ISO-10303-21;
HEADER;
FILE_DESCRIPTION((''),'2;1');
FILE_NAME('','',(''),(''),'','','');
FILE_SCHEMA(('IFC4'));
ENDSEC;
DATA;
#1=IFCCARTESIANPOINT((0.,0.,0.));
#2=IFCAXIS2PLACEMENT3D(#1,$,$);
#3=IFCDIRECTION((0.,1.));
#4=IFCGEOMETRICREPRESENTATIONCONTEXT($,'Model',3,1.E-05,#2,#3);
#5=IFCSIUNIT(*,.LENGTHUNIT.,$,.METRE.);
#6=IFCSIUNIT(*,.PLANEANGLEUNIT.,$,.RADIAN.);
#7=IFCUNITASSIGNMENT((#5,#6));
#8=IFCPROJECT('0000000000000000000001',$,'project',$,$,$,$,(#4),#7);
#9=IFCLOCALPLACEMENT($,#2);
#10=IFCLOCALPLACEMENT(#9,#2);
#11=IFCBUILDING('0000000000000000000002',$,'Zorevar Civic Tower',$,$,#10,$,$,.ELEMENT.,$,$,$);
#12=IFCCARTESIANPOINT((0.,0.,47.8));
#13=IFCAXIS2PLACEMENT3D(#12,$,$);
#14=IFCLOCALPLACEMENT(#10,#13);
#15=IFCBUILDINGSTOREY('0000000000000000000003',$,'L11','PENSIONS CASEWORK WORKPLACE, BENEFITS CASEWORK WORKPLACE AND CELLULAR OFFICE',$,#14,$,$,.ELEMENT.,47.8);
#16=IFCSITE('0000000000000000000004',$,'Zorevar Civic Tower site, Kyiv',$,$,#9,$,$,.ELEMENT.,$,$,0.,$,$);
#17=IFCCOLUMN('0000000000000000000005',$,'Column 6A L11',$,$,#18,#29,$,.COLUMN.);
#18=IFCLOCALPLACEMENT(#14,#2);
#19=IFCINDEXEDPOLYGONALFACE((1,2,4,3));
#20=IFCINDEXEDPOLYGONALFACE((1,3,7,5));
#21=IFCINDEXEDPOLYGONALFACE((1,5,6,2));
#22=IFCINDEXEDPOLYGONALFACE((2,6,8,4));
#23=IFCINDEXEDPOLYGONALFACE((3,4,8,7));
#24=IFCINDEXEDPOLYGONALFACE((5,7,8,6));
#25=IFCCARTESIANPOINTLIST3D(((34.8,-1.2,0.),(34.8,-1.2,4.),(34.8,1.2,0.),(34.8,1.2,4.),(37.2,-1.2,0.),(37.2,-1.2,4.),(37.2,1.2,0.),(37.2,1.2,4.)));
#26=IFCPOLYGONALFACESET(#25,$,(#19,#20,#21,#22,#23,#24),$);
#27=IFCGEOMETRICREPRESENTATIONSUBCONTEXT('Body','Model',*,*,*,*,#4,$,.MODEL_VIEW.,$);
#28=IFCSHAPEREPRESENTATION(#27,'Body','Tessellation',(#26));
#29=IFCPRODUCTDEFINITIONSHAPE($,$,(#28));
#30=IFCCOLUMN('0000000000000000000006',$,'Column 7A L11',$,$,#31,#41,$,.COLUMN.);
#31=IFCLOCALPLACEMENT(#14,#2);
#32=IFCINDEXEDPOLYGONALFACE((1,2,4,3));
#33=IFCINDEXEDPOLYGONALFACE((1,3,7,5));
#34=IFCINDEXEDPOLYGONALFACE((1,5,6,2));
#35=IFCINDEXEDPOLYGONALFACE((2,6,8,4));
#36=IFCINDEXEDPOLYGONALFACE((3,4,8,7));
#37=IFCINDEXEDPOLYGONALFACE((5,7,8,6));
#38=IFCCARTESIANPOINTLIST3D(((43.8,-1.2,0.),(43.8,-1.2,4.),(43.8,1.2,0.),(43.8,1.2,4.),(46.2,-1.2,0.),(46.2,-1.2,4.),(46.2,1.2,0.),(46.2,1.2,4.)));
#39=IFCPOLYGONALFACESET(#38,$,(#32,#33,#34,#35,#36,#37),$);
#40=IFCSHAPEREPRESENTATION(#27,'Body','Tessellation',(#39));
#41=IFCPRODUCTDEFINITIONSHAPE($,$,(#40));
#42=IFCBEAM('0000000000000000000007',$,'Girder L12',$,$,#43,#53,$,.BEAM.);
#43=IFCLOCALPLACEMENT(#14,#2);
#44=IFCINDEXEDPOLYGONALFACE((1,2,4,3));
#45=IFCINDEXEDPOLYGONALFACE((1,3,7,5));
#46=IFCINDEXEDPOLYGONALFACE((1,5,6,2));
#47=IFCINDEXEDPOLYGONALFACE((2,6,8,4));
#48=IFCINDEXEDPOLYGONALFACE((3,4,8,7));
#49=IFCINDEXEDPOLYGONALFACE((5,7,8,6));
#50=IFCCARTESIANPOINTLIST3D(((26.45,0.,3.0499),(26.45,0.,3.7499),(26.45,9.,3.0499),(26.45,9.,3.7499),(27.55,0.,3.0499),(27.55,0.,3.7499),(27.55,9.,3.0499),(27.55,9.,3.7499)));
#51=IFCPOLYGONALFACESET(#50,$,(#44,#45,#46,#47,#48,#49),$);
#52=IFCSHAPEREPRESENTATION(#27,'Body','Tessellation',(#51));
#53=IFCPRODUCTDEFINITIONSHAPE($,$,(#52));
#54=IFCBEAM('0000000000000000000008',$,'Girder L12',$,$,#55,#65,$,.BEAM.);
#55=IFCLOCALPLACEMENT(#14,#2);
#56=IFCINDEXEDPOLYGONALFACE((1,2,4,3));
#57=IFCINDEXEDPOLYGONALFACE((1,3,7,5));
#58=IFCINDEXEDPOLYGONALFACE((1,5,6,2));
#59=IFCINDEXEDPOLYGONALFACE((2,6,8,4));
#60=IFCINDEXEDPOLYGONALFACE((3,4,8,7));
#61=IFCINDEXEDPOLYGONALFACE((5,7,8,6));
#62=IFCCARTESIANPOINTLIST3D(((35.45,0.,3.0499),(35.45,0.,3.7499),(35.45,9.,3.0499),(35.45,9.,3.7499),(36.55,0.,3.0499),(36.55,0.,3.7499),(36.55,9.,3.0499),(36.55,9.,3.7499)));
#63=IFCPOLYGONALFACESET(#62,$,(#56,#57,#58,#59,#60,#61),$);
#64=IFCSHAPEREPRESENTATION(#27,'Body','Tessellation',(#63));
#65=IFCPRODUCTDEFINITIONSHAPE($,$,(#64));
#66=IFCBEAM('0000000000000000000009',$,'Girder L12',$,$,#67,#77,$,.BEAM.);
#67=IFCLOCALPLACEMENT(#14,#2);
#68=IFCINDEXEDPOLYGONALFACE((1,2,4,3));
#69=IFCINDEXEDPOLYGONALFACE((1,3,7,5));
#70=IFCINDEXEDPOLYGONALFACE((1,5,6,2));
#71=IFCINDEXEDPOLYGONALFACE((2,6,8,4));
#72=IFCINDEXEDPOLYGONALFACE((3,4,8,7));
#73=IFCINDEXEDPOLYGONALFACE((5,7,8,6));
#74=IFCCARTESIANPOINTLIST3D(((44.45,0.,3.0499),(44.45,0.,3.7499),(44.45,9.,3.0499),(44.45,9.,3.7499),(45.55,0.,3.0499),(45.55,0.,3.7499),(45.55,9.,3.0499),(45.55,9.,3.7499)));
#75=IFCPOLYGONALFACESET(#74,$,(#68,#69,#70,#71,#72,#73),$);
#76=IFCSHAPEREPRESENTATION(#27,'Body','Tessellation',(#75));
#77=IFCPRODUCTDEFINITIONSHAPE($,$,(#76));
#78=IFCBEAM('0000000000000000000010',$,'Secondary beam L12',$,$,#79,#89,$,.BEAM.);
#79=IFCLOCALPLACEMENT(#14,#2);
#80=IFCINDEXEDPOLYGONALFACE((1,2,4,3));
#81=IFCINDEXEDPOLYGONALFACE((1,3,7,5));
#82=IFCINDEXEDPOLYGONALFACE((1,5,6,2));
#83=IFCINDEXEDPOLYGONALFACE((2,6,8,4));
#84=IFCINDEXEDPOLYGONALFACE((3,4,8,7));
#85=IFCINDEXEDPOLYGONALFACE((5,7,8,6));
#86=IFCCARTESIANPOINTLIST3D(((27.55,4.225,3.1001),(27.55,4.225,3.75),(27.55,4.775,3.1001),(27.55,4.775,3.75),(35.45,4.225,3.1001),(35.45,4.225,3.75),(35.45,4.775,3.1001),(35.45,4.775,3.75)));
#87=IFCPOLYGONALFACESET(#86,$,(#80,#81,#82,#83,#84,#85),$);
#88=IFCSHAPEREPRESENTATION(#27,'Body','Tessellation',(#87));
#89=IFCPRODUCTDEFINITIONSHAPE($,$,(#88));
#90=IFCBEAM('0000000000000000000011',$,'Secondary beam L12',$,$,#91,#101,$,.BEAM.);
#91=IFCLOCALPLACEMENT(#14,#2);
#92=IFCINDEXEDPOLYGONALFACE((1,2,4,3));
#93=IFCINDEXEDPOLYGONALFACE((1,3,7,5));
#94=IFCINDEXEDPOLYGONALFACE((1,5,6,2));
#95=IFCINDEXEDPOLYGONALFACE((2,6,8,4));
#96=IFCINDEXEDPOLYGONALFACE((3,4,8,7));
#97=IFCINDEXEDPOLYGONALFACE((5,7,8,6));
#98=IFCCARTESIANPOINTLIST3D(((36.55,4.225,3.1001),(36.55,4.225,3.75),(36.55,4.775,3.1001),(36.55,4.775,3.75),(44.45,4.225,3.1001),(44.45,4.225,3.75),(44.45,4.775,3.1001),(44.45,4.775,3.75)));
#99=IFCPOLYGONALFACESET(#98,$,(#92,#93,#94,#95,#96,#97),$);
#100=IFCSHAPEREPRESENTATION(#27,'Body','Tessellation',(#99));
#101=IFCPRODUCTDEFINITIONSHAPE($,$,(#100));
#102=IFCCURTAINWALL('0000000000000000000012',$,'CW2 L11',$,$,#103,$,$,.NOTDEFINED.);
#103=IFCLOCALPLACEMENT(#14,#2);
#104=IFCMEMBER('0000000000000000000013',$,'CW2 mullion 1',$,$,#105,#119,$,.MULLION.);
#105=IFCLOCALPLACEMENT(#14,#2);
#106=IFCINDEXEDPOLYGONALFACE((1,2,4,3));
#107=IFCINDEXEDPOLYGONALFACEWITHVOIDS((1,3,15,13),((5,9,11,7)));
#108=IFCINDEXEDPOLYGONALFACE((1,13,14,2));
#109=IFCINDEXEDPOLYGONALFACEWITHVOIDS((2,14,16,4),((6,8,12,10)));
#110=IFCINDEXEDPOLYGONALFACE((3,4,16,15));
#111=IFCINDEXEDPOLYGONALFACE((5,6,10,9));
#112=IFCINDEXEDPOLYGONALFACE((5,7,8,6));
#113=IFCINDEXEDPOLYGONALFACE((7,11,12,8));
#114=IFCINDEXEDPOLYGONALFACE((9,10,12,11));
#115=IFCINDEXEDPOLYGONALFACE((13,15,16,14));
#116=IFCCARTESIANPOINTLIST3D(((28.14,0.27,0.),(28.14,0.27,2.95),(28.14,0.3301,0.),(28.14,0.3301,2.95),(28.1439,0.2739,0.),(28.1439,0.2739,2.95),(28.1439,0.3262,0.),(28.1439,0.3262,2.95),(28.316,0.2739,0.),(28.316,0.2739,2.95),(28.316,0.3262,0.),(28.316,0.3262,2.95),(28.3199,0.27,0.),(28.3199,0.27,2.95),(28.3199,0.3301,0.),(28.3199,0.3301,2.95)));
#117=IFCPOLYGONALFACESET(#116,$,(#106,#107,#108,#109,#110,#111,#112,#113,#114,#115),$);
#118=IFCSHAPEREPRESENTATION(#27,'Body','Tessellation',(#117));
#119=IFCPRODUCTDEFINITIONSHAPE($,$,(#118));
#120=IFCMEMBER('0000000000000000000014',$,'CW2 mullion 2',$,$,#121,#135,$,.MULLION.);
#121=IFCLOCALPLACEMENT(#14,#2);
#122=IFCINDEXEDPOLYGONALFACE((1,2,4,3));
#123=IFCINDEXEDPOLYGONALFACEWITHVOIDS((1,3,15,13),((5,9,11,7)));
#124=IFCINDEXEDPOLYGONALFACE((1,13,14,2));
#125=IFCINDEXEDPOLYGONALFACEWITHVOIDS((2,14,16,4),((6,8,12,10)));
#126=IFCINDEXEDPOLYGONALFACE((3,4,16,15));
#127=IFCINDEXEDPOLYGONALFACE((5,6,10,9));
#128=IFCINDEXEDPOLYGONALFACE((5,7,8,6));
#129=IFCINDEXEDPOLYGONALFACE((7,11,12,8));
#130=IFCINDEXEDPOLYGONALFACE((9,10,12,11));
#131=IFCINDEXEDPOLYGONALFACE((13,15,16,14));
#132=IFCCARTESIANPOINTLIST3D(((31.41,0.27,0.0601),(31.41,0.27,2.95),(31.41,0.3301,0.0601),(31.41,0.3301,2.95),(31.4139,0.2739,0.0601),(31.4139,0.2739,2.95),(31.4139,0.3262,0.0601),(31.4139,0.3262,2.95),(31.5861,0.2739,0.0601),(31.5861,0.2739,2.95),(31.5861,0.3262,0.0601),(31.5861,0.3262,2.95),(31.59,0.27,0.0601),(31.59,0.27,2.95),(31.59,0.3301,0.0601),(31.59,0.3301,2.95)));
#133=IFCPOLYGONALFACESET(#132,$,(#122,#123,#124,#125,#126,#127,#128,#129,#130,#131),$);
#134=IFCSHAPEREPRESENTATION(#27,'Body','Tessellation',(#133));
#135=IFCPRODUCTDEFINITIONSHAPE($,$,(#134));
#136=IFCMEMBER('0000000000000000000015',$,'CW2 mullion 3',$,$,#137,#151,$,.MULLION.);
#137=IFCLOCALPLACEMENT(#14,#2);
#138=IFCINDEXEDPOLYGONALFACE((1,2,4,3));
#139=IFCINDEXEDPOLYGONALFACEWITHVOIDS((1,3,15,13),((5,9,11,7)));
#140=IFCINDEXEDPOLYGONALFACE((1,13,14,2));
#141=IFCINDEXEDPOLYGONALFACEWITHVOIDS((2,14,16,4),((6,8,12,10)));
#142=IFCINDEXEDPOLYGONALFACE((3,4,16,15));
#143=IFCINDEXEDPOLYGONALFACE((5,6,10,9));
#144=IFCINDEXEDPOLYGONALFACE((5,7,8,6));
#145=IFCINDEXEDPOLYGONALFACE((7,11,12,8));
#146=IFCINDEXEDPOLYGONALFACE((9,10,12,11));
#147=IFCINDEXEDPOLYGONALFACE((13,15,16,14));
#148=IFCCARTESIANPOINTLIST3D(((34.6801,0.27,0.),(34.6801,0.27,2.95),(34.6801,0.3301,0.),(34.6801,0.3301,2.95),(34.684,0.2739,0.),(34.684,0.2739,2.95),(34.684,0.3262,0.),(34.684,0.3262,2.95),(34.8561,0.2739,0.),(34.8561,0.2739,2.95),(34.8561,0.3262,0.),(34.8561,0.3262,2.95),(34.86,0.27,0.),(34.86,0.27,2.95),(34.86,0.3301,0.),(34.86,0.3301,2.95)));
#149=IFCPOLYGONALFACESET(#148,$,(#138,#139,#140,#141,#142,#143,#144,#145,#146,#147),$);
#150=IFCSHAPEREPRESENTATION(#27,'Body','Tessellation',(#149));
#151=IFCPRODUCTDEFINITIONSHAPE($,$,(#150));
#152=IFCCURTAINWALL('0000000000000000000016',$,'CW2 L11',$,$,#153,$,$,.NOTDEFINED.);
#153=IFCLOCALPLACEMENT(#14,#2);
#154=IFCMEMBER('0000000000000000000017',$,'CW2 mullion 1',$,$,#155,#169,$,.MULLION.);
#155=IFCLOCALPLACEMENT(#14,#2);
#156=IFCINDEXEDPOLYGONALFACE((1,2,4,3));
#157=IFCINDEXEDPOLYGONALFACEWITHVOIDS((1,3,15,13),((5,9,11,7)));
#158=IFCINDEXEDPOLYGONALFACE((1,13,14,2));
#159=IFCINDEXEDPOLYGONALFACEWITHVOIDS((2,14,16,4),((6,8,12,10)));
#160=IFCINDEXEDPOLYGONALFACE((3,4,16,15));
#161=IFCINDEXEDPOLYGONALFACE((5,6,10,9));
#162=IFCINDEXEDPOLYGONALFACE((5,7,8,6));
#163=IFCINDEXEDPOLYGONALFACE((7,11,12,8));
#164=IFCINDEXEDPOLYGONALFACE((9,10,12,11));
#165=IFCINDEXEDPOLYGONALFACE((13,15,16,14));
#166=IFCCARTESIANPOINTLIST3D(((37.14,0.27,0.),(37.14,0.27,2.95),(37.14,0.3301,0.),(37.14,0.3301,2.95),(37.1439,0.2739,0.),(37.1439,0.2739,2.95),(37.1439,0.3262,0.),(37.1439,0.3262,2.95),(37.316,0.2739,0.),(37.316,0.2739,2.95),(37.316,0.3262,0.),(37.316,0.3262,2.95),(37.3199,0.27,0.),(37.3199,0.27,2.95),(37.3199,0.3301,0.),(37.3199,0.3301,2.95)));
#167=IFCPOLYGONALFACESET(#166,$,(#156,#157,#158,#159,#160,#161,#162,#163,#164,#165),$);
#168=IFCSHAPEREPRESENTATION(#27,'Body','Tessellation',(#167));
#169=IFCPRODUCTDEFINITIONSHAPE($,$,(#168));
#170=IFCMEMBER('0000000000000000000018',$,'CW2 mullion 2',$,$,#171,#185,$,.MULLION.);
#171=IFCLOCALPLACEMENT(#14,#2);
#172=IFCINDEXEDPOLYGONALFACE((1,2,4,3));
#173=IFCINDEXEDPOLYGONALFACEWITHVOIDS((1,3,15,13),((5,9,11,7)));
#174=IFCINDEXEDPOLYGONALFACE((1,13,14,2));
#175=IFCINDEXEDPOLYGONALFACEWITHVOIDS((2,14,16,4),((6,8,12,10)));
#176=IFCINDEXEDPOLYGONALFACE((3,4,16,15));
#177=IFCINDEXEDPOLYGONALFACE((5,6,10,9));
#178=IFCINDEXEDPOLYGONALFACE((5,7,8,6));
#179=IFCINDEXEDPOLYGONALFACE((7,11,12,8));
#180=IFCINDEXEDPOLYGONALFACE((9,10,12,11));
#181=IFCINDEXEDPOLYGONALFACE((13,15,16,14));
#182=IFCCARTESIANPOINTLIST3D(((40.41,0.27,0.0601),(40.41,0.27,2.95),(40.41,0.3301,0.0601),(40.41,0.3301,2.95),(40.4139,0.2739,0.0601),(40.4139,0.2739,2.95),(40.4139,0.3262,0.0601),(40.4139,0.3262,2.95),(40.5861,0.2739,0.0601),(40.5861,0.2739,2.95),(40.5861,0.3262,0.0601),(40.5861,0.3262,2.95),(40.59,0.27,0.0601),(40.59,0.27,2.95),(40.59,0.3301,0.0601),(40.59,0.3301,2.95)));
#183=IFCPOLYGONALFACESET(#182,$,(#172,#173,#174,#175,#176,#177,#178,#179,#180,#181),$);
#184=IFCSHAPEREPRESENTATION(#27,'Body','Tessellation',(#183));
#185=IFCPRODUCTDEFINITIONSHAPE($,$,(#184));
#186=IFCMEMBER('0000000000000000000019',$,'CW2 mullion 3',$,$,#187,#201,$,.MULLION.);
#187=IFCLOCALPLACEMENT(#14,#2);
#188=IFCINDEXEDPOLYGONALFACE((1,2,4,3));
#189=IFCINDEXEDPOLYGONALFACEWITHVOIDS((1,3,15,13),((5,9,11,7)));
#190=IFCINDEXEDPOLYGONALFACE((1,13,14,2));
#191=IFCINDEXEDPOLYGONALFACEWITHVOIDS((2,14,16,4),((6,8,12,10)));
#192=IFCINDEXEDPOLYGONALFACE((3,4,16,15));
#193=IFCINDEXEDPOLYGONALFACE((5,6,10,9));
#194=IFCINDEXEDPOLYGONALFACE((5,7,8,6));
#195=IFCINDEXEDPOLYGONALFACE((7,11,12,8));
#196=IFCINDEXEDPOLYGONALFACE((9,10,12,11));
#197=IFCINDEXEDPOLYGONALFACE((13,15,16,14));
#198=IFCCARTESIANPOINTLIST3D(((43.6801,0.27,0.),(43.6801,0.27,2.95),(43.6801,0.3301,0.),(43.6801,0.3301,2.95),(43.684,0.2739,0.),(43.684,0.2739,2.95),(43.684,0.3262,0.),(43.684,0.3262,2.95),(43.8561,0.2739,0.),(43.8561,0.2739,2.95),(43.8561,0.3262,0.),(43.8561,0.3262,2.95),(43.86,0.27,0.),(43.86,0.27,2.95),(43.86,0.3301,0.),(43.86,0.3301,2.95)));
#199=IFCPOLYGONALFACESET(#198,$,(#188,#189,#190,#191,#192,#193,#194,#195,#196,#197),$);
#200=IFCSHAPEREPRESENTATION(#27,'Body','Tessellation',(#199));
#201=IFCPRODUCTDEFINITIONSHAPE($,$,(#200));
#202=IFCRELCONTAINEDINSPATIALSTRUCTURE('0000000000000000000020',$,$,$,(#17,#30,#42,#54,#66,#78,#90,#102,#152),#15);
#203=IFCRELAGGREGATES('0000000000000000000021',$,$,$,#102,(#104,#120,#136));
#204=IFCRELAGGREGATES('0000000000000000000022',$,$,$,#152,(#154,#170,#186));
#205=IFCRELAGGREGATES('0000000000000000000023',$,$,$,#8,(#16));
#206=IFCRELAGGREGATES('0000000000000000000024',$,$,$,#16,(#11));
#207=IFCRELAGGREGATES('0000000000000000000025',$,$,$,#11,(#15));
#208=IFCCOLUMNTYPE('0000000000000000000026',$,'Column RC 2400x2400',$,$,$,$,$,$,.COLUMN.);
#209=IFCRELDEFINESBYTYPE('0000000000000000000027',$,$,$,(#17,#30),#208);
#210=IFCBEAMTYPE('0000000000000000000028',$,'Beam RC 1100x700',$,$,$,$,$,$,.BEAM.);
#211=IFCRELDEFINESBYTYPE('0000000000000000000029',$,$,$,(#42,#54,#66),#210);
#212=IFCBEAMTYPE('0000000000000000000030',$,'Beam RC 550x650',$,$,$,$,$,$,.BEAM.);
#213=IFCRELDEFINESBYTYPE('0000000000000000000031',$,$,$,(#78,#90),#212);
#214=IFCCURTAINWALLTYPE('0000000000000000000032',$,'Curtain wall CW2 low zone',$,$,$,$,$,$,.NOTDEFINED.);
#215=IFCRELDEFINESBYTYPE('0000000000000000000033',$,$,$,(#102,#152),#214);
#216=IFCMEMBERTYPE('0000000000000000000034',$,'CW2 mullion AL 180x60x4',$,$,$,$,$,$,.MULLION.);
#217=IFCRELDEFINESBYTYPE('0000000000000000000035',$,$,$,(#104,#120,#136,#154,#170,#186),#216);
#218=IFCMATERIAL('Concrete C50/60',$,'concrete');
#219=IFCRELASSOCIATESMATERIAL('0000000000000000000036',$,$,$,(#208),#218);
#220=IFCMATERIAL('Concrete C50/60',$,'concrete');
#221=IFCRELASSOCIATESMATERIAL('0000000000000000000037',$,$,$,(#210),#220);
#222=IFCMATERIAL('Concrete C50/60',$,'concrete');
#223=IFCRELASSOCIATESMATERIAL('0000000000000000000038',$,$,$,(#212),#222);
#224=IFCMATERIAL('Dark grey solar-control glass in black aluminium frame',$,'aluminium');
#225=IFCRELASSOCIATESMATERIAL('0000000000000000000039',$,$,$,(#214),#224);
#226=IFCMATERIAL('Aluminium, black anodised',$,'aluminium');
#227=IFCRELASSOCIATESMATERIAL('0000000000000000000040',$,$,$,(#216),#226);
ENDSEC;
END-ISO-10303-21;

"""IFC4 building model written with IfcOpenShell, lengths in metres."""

from ifc_helpers import new_model, si_unit, direction, frame, origin, origin_2d, place, context, subcontext, project, spatial, rectangle, hollow_rectangle, extrude, material, material_profile, profile_set, type_object, element, aggregate, save


model = new_model("IFC4")

# Units and contexts
model_context = context("Model", 3, precision=1e-05, world=origin(), true_north=direction((0.0, 1.0)))
body_context = subcontext(model_context, "Body", "Model", "MODEL_VIEW")
ifc_project = project(units=[si_unit("LENGTHUNIT", "METRE"), si_unit("PLANEANGLEUNIT", "RADIAN")], contexts=[model_context])

# Site, building, storey
site_placement = place(None, origin())
site = spatial("IfcSite", under=ifc_project, at=site_placement, Name="Zorevar Civic Tower site, Kyiv", CompositionType="ELEMENT", RefElevation=0.0)
building_placement = place(site_placement, origin())
building = spatial("IfcBuilding", under=site, at=building_placement, Name="Zorevar Civic Tower", CompositionType="ELEMENT")
storey_placement = place(building_placement, frame((0.0, 0.0, 47.8)))
storey = spatial("IfcBuildingStorey", under=building, at=storey_placement, Name="L11", Description="PENSIONS CASEWORK WORKPLACE, BENEFITS CASEWORK WORKPLACE AND CELLULAR OFFICE", CompositionType="ELEMENT", Elevation=47.8)

# Columns
ifc_material_1 = material(Name="Concrete C50/60", Category="concrete")
ifc_material_profile_1 = material_profile(ifc_material_1, rectangle(XDim=2.3999, YDim=2.3999, at=origin_2d()), Name="RC 2400x2400")
ifc_profile_set_1 = profile_set([ifc_material_profile_1], Name="Concrete C50/60")
column_type = type_object("IfcColumnType", Name="Column RC 2400x2400", PredefinedType="COLUMN", material=ifc_profile_set_1)
for number, where, z_axis, x_axis, name in (
    (1, (36.0, 0.0, 0.0), (0.0, 0.0, 1.0), (1.0, 0.0, 0.0), "Column 6A L11"),
    (2, (45.0, 0.0, 0.0), (0.0, 0.0, 1.0), (1.0, 0.0, 0.0), "Column 7A L11"),
):
    element("IfcColumn", number, at=place(storey_placement, frame(where, z_axis=z_axis, x_axis=x_axis)), inside=storey, type_object=column_type, Name=name, PredefinedType="COLUMN", context=body_context, shape_type="SweptSolid", body=[
        extrude(rectangle(XDim=2.3999, YDim=2.3999, at=origin_2d()), origin(), (0.0, 0.0, 1.0), 4.0),
    ])

# Beams
ifc_material_2 = material(Name="Concrete C50/60", Category="concrete")
ifc_material_profile_2 = material_profile(ifc_material_2, rectangle(XDim=1.1001, YDim=0.7, at=origin_2d()), Name="RC 1100x700")
ifc_profile_set_2 = profile_set([ifc_material_profile_2], Name="Concrete C50/60")
beam_type_1 = type_object("IfcBeamType", Name="Beam RC 1100x700", PredefinedType="BEAM", material=ifc_profile_set_2)
for number, where, z_axis, x_axis, name in (
    (3, (27.0, 0.0, 3.3999), (0.0, 1.0, 0.0), (-1.0, 0.0, 0.0), "Girder L12"),
    (4, (36.0, 0.0, 3.3999), (0.0, 1.0, 0.0), (-1.0, 0.0, 0.0), "Girder L12"),
    (5, (45.0, 0.0, 3.3999), (0.0, 1.0, 0.0), (-1.0, 0.0, 0.0), "Girder L12"),
):
    element("IfcBeam", number, at=place(storey_placement, frame(where, z_axis=z_axis, x_axis=x_axis)), inside=storey, type_object=beam_type_1, Name=name, PredefinedType="BEAM", context=body_context, shape_type="SweptSolid", body=[
        extrude(rectangle(XDim=1.1001, YDim=0.7, at=origin_2d()), origin(), (0.0, 0.0, 1.0), 9.0),
    ])
ifc_material_3 = material(Name="Concrete C50/60", Category="concrete")
ifc_material_profile_3 = material_profile(ifc_material_3, rectangle(XDim=0.55, YDim=0.6499, at=origin_2d()), Name="RC 550x650")
ifc_profile_set_3 = profile_set([ifc_material_profile_3], Name="Concrete C50/60")
beam_type_2 = type_object("IfcBeamType", Name="Beam RC 550x650", PredefinedType="BEAM", material=ifc_profile_set_3)
for number, where, z_axis, x_axis, name in (
    (6, (27.55, 4.5, 3.425), (1.0, 0.0, 0.0), (0.0, 1.0, 0.0), "Secondary beam L12"),
    (7, (36.55, 4.5, 3.425), (1.0, 0.0, 0.0), (0.0, 1.0, 0.0), "Secondary beam L12"),
):
    element("IfcBeam", number, at=place(storey_placement, frame(where, z_axis=z_axis, x_axis=x_axis)), inside=storey, type_object=beam_type_2, Name=name, PredefinedType="BEAM", context=body_context, shape_type="SweptSolid", body=[
        extrude(rectangle(XDim=0.55, YDim=0.6499, at=origin_2d()), origin(), (0.0, 0.0, 1.0), 7.8999),
    ])

# Curtain walls, members
ifc_material_4 = material(Name="Dark grey solar-control glass in black aluminium frame", Category="aluminium")
curtain_wall_type = type_object("IfcCurtainWallType", Name="Curtain wall CW2 low zone", PredefinedType="NOTDEFINED", material=ifc_material_4)
curtain_wall_1_placement = place(storey_placement, origin())
curtain_wall_1 = element("IfcCurtainWall", 8, at=curtain_wall_1_placement, inside=storey, type_object=curtain_wall_type, Name="CW2 L11", PredefinedType="NOTDEFINED")
ifc_material_5 = material(Name="Aluminium, black anodised", Category="aluminium")
ifc_material_profile_4 = material_profile(ifc_material_5, hollow_rectangle(XDim=0.0601, YDim=0.1799, WallThickness=0.0039, at=origin_2d()), Name="AL 180x60x4")
ifc_profile_set_4 = profile_set([ifc_material_profile_4], Name="Aluminium, black anodised")
member_type_1 = type_object("IfcMemberType", Name="CW2 mullion AL 180x60x4", PredefinedType="MULLION", material=ifc_profile_set_4)
member_1_placement = place(storey_placement, frame((28.23, 0.3, 0.0), z_axis=(0.0, 0.0, 1.0), x_axis=(0.0, 1.0, 0.0)))
member_1 = element("IfcMember", 9, at=member_1_placement, type_object=member_type_1, Name="CW2 mullion 1", PredefinedType="MULLION", context=body_context, shape_type="SweptSolid", body=[
    extrude(hollow_rectangle(XDim=0.0601, YDim=0.1799, WallThickness=0.0039, at=origin_2d()), origin(), (0.0, 0.0, 1.0), 2.95),
])
member_2_placement = place(storey_placement, frame((31.5, 0.3, 0.0601), z_axis=(0.0, 0.0, 1.0), x_axis=(0.0, 1.0, 0.0)))
member_2 = element("IfcMember", 10, at=member_2_placement, type_object=member_type_1, Name="CW2 mullion 2", PredefinedType="MULLION", context=body_context, shape_type="SweptSolid", body=[
    extrude(hollow_rectangle(XDim=0.0601, YDim=0.1799, WallThickness=0.0039, at=origin_2d()), origin(), (0.0, 0.0, 1.0), 2.8899),
])
member_3_placement = place(storey_placement, frame((34.77, 0.3, 0.0), z_axis=(0.0, 0.0, 1.0), x_axis=(0.0, 1.0, 0.0)))
member_3 = element("IfcMember", 11, at=member_3_placement, type_object=member_type_1, Name="CW2 mullion 3", PredefinedType="MULLION", context=body_context, shape_type="SweptSolid", body=[
    extrude(hollow_rectangle(XDim=0.0601, YDim=0.1799, WallThickness=0.0039, at=origin_2d()), origin(), (0.0, 0.0, 1.0), 2.95),
])
curtain_wall_2_placement = place(storey_placement, origin())
curtain_wall_2 = element("IfcCurtainWall", 12, at=curtain_wall_2_placement, inside=storey, type_object=curtain_wall_type, Name="CW2 L11", PredefinedType="NOTDEFINED")
member_4_placement = place(storey_placement, frame((37.23, 0.3, 0.0), z_axis=(0.0, 0.0, 1.0), x_axis=(0.0, 1.0, 0.0)))
member_4 = element("IfcMember", 13, at=member_4_placement, type_object=member_type_1, Name="CW2 mullion 1", PredefinedType="MULLION", context=body_context, shape_type="SweptSolid", body=[
    extrude(hollow_rectangle(XDim=0.0601, YDim=0.1799, WallThickness=0.0039, at=origin_2d()), origin(), (0.0, 0.0, 1.0), 2.95),
])
member_5_placement = place(storey_placement, frame((40.5, 0.3, 0.0601), z_axis=(0.0, 0.0, 1.0), x_axis=(0.0, 1.0, 0.0)))
member_5 = element("IfcMember", 14, at=member_5_placement, type_object=member_type_1, Name="CW2 mullion 2", PredefinedType="MULLION", context=body_context, shape_type="SweptSolid", body=[
    extrude(hollow_rectangle(XDim=0.0601, YDim=0.1799, WallThickness=0.0039, at=origin_2d()), origin(), (0.0, 0.0, 1.0), 2.8899),
])
member_6_placement = place(storey_placement, frame((43.77, 0.3, 0.0), z_axis=(0.0, 0.0, 1.0), x_axis=(0.0, 1.0, 0.0)))
member_6 = element("IfcMember", 15, at=member_6_placement, type_object=member_type_1, Name="CW2 mullion 3", PredefinedType="MULLION", context=body_context, shape_type="SweptSolid", body=[
    extrude(hollow_rectangle(XDim=0.0601, YDim=0.1799, WallThickness=0.0039, at=origin_2d()), origin(), (0.0, 0.0, 1.0), 2.95),
])

aggregate(curtain_wall_1, [member_1, member_2, member_3])
aggregate(curtain_wall_2, [member_4, member_5, member_6])

save(model, "model.ifc")
